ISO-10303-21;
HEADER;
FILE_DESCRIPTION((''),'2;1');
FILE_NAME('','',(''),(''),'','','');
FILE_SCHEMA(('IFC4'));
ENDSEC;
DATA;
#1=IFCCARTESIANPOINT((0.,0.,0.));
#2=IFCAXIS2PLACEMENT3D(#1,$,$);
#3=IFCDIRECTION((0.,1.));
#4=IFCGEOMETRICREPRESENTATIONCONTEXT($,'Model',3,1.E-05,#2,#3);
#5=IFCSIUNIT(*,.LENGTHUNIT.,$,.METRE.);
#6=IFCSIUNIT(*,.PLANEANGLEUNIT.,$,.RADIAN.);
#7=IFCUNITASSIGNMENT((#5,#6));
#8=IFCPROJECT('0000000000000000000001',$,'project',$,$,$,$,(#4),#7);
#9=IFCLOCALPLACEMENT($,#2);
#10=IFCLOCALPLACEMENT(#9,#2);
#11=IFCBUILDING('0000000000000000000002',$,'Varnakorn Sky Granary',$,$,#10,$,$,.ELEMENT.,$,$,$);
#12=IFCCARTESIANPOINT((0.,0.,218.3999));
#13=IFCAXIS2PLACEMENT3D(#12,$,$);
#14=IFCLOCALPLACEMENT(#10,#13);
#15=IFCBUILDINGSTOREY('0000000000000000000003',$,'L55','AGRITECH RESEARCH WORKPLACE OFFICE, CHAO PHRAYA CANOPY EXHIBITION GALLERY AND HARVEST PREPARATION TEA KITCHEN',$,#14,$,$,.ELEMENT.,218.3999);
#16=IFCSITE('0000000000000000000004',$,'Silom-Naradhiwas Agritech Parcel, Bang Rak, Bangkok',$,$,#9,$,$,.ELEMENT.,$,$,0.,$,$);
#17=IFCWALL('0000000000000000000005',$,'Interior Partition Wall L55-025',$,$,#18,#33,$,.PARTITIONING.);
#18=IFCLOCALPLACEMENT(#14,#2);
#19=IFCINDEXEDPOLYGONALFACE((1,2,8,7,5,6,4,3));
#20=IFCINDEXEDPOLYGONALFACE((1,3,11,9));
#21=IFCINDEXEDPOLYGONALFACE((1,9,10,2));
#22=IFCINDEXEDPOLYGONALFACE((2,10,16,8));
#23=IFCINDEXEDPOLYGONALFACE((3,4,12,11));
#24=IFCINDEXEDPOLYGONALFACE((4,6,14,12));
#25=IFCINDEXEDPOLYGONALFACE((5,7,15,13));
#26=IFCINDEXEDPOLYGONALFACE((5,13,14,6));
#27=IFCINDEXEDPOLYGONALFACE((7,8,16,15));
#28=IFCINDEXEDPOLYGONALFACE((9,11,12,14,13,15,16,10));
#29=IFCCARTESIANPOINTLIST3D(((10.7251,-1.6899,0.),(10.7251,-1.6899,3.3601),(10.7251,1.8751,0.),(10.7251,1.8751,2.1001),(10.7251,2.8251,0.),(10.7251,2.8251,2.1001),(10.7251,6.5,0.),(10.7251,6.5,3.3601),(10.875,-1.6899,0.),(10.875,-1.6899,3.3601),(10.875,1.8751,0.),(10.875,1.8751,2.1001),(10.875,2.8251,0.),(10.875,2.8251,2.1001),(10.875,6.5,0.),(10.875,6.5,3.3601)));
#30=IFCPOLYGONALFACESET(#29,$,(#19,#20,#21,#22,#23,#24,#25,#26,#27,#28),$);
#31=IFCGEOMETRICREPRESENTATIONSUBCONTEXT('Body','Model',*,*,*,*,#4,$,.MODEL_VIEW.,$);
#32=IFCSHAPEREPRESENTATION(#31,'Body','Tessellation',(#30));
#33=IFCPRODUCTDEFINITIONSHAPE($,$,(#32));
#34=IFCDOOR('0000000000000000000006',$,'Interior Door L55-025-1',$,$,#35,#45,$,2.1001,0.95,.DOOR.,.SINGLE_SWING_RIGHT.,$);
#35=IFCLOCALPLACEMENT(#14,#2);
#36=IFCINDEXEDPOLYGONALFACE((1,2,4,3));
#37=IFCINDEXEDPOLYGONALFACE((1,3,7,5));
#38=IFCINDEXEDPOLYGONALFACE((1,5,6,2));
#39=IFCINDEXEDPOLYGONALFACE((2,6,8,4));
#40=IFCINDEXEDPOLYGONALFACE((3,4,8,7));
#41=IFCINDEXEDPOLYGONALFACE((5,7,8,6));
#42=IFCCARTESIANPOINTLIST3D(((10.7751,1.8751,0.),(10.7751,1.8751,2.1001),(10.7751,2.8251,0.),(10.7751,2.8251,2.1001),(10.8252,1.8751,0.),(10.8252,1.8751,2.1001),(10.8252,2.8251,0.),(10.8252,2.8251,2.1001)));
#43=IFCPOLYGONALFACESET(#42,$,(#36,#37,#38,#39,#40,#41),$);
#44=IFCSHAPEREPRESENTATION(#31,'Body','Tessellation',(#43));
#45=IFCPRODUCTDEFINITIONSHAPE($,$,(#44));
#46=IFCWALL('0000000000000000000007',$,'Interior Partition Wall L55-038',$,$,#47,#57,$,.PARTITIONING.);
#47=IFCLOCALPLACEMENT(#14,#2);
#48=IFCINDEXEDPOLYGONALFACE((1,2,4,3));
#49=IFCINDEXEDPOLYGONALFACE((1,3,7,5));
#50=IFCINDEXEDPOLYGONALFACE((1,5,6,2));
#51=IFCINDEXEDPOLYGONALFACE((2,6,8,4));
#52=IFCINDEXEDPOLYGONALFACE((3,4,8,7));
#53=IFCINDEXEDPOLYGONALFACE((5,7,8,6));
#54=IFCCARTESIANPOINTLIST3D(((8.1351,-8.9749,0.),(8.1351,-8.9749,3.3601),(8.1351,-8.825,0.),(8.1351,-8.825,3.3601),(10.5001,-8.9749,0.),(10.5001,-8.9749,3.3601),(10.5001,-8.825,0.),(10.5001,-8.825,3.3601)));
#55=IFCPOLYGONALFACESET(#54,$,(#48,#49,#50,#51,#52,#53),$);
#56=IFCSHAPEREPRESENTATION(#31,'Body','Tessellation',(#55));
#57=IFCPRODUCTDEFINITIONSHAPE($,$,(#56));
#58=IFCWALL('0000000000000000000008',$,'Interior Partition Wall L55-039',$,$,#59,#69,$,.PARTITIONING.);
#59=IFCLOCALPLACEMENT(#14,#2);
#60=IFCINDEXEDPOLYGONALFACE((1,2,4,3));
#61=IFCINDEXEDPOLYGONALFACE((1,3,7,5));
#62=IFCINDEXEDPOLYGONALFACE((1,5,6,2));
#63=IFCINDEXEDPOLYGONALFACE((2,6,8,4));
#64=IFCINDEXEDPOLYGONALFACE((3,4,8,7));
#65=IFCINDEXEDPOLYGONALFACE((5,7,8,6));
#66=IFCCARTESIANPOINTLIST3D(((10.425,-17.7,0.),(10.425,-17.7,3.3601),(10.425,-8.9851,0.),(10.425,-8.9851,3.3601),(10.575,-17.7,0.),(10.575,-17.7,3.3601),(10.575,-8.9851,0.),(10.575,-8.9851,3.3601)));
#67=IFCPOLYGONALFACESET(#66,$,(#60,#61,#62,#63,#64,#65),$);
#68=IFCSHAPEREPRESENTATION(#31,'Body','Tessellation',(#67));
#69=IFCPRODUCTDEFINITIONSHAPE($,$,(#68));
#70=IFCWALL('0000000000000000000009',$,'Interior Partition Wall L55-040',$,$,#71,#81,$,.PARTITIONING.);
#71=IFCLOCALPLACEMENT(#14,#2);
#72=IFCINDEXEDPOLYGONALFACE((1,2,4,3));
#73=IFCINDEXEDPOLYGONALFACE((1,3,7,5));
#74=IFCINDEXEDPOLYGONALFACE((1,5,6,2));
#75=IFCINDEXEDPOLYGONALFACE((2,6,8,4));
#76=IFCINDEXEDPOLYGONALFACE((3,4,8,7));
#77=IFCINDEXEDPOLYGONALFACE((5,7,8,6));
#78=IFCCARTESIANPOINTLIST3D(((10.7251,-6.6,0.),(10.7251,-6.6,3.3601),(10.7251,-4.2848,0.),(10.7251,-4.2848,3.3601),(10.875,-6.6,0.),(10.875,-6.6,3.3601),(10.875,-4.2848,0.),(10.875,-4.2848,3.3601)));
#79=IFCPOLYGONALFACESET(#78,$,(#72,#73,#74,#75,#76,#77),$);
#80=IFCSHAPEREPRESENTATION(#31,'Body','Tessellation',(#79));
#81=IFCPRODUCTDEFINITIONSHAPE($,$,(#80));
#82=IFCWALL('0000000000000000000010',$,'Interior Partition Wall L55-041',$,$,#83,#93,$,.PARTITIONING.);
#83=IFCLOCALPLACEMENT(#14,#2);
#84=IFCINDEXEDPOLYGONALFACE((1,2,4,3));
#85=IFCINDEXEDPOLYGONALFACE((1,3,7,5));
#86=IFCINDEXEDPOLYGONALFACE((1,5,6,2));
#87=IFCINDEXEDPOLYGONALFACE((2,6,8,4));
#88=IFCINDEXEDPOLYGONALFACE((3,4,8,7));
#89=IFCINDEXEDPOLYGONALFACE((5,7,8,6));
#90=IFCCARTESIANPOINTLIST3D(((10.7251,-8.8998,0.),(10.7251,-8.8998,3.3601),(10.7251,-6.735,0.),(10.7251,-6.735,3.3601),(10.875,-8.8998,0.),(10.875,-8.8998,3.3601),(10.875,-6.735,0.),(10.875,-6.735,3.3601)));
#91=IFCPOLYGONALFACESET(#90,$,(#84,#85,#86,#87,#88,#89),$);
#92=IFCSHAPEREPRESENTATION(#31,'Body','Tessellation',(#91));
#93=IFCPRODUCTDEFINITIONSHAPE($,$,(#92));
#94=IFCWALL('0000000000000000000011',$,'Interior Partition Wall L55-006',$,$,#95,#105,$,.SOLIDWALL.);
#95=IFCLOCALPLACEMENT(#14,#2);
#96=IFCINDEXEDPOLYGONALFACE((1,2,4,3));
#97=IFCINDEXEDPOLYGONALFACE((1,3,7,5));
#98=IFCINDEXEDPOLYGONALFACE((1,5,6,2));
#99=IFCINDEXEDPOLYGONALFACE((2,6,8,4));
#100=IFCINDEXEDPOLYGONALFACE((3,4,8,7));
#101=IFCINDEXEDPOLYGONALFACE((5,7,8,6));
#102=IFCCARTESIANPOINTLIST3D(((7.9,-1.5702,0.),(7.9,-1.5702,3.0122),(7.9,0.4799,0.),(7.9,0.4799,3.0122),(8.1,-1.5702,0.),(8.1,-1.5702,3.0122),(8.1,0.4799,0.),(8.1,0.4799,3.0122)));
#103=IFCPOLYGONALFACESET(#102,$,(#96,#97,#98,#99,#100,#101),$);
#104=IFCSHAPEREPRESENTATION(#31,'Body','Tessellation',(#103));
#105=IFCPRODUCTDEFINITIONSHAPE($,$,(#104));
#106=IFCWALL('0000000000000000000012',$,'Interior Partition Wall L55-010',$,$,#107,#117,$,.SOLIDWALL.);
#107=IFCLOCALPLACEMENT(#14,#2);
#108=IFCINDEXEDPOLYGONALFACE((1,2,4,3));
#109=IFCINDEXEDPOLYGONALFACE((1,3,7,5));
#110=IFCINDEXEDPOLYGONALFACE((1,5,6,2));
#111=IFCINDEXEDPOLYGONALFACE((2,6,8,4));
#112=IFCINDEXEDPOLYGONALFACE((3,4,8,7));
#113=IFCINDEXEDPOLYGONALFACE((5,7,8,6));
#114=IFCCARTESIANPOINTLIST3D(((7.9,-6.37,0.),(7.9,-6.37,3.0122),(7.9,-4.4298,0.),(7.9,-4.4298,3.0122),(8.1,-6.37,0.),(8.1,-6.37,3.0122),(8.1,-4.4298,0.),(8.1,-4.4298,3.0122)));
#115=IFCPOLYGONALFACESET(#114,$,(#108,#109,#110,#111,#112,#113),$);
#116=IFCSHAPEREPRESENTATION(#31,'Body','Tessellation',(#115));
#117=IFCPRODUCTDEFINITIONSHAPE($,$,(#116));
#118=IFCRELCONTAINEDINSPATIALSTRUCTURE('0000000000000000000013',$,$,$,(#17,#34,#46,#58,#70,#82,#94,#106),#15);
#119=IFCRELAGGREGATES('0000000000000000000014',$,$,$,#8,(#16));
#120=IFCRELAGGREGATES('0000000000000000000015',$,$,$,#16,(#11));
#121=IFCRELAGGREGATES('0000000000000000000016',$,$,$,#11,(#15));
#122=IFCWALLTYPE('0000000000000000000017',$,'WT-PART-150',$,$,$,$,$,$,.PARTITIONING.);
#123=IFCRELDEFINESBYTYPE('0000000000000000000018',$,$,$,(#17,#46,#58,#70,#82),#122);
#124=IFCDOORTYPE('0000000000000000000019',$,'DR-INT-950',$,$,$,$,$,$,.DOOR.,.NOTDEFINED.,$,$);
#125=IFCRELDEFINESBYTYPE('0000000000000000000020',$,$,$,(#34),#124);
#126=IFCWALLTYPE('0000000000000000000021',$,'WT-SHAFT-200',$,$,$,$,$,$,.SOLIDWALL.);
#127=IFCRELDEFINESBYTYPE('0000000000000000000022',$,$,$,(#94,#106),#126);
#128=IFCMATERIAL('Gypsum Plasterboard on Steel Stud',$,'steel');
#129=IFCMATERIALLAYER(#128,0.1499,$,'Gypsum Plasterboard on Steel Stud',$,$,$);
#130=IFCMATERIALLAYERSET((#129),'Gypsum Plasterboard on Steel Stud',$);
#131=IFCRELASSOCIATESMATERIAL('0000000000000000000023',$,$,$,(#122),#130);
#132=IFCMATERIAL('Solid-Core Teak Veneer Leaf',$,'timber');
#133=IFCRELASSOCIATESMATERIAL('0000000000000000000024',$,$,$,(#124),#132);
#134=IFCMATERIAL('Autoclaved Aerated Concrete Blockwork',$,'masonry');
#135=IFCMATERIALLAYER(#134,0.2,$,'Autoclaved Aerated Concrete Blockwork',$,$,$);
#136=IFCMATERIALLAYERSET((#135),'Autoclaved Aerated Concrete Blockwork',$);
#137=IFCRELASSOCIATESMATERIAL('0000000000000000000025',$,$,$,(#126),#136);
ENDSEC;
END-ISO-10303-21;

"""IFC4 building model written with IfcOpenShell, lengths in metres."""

from ifc_helpers import new_model, si_unit, direction, frame, frame_2d, origin, place, context, subcontext, project, spatial, rectangle, extrude, material, layer, layer_set, type_object, element, fill, save


model = new_model("IFC4")

# Units and contexts
model_context = context("Model", 3, precision=1e-05, world=origin(), true_north=direction((0.0, 1.0)))
body_context = subcontext(model_context, "Body", "Model", "MODEL_VIEW")
ifc_project = project(units=[si_unit("LENGTHUNIT", "METRE"), si_unit("PLANEANGLEUNIT", "RADIAN")], contexts=[model_context])

# Site, building, storey
site_placement = place(None, origin())
site = spatial("IfcSite", under=ifc_project, at=site_placement, Name="Silom-Naradhiwas Agritech Parcel, Bang Rak, Bangkok", CompositionType="ELEMENT", RefElevation=0.0)
building_placement = place(site_placement, origin())
building = spatial("IfcBuilding", under=site, at=building_placement, Name="Varnakorn Sky Granary", CompositionType="ELEMENT")
storey_placement = place(building_placement, frame((0.0, 0.0, 218.3999)))
storey = spatial("IfcBuildingStorey", under=building, at=storey_placement, Name="L55", Description="AGRITECH RESEARCH WORKPLACE OFFICE, CHAO PHRAYA CANOPY EXHIBITION GALLERY AND HARVEST PREPARATION TEA KITCHEN", CompositionType="ELEMENT", Elevation=218.3999)

# Wall, opening, door
ifc_material_1 = material(Name="Autoclaved Aerated Concrete Blockwork", Category="masonry")
ifc_material_2 = material(Name="Gypsum Plasterboard on Steel Stud", Category="steel")
ifc_layer_1 = layer(ifc_material_2, 0.1499, Name="Gypsum Plasterboard on Steel Stud")
ifc_layer_set_1 = layer_set([ifc_layer_1], Name="Gypsum Plasterboard on Steel Stud")
wall_type_1 = type_object("IfcWallType", Name="WT-PART-150", PredefinedType="PARTITIONING", material=ifc_layer_set_1)
ifc_material_3 = material(Name="Solid-Core Teak Veneer Leaf", Category="timber")
door_type_1 = type_object("IfcDoorType", Name="DR-INT-950", OperationType="NOTDEFINED", PredefinedType="DOOR", material=ifc_material_3)
wall_1_placement = place(storey_placement, frame((10.8, -1.6899, 0.0), z_axis=(0.0, 0.0, 1.0), x_axis=(0.0, 1.0, 0.0)))
wall_1 = element("IfcWall", 1, at=wall_1_placement, inside=storey, type_object=wall_type_1, Name="Interior Partition Wall L55-025", PredefinedType="PARTITIONING", context=body_context, shape_type="SweptSolid", body=[
    extrude(rectangle(XDim=8.1899, YDim=0.1499, at=frame_2d((4.095, 0.0))), origin(), (0.0, 0.0, 1.0), 3.3601),
])
opening_1_placement = place(wall_1_placement, frame((3.5649, 0.0, 0.0)))
opening_1 = element("IfcOpeningElement", 2, at=opening_1_placement, cuts=wall_1, PredefinedType="OPENING", context=body_context, shape_type="SweptSolid", body=[
    extrude(rectangle(XDim=0.95, YDim=2.1001, at=frame_2d((0.4751, 1.05))), frame((0.0, 0.085, 0.0), z_axis=(0.0, -1.0, 0.0), x_axis=(1.0, 0.0, 0.0)), (0.0, 0.0, 1.0), 0.1699),
])
door_1_placement = place(opening_1_placement, origin())
door_1 = element("IfcDoor", 3, at=door_1_placement, inside=storey, type_object=door_type_1, Name="Interior Door L55-025-1", OperationType="SINGLE_SWING_RIGHT", OverallHeight=2.1001, OverallWidth=0.95, PredefinedType="DOOR", context=body_context, shape_type="SweptSolid", body=[
    extrude(rectangle(XDim=0.95, YDim=2.1001, at=frame_2d((0.4751, 1.05))), frame((0.0, 0.0249, 0.0), z_axis=(0.0, -1.0, 0.0), x_axis=(1.0, 0.0, 0.0)), (0.0, 0.0, 1.0), 0.05),
])
fill(opening_1, door_1)

# Walls
wall_2_placement = place(storey_placement, frame((8.135, -8.8999, 0.0), z_axis=(0.0, 0.0, 1.0), x_axis=(1.0, 0.0, 0.0)))
element("IfcWall", 4, at=wall_2_placement, inside=storey, type_object=wall_type_1, Name="Interior Partition Wall L55-038", PredefinedType="PARTITIONING", context=body_context, shape_type="SweptSolid", body=[
    extrude(rectangle(XDim=2.365, YDim=0.1499, at=frame_2d((1.1826, 0.0))), origin(), (0.0, 0.0, 1.0), 3.3601),
])
wall_3_placement = place(storey_placement, frame((10.5, -8.9851, 0.0), z_axis=(0.0, 0.0, 1.0), x_axis=(0.0, -1.0, 0.0)))
element("IfcWall", 5, at=wall_3_placement, inside=storey, type_object=wall_type_1, Name="Interior Partition Wall L55-039", PredefinedType="PARTITIONING", context=body_context, shape_type="SweptSolid", body=[
    extrude(rectangle(XDim=8.7148, YDim=0.1499, at=frame_2d((4.3574, 0.0))), origin(), (0.0, 0.0, 1.0), 3.3601),
])
wall_4_placement = place(storey_placement, frame((10.8, -6.6001, 0.0), z_axis=(0.0, 0.0, 1.0), x_axis=(0.0, 1.0, 0.0)))
element("IfcWall", 6, at=wall_4_placement, inside=storey, type_object=wall_type_1, Name="Interior Partition Wall L55-040", PredefinedType="PARTITIONING", context=body_context, shape_type="SweptSolid", body=[
    extrude(rectangle(XDim=2.3152, YDim=0.1499, at=frame_2d((1.1577, 0.0))), origin(), (0.0, 0.0, 1.0), 3.3601),
])
wall_5_placement = place(storey_placement, frame((10.8, -8.8999, 0.0), z_axis=(0.0, 0.0, 1.0), x_axis=(0.0, 1.0, 0.0)))
element("IfcWall", 7, at=wall_5_placement, inside=storey, type_object=wall_type_1, Name="Interior Partition Wall L55-041", PredefinedType="PARTITIONING", context=body_context, shape_type="SweptSolid", body=[
    extrude(rectangle(XDim=2.1648, YDim=0.1499, at=frame_2d((1.0825, 0.0))), origin(), (0.0, 0.0, 1.0), 3.3601),
])
ifc_layer_2 = layer(ifc_material_1, 0.2, Name="Autoclaved Aerated Concrete Blockwork")
ifc_layer_set_2 = layer_set([ifc_layer_2], Name="Autoclaved Aerated Concrete Blockwork")
wall_type_2 = type_object("IfcWallType", Name="WT-SHAFT-200", PredefinedType="SOLIDWALL", material=ifc_layer_set_2)
wall_6_placement = place(storey_placement, frame((8.0, -1.5701, 0.0), z_axis=(0.0, 0.0, 1.0), x_axis=(0.0, 1.0, 0.0)))
element("IfcWall", 8, at=wall_6_placement, inside=storey, type_object=wall_type_2, Name="Interior Partition Wall L55-006", PredefinedType="SOLIDWALL", context=body_context, shape_type="SweptSolid", body=[
    extrude(rectangle(XDim=2.05, YDim=0.2, at=frame_2d((1.0249, 0.0))), origin(), (0.0, 0.0, 1.0), 3.0122),
])
wall_7_placement = place(storey_placement, frame((8.0, -6.3701, 0.0), z_axis=(0.0, 0.0, 1.0), x_axis=(0.0, 1.0, 0.0)))
element("IfcWall", 9, at=wall_7_placement, inside=storey, type_object=wall_type_2, Name="Interior Partition Wall L55-010", PredefinedType="SOLIDWALL", context=body_context, shape_type="SweptSolid", body=[
    extrude(rectangle(XDim=1.9402, YDim=0.2, at=frame_2d((0.9702, 0.0))), origin(), (0.0, 0.0, 1.0), 3.0122),
])

save(model, "model.ifc")
